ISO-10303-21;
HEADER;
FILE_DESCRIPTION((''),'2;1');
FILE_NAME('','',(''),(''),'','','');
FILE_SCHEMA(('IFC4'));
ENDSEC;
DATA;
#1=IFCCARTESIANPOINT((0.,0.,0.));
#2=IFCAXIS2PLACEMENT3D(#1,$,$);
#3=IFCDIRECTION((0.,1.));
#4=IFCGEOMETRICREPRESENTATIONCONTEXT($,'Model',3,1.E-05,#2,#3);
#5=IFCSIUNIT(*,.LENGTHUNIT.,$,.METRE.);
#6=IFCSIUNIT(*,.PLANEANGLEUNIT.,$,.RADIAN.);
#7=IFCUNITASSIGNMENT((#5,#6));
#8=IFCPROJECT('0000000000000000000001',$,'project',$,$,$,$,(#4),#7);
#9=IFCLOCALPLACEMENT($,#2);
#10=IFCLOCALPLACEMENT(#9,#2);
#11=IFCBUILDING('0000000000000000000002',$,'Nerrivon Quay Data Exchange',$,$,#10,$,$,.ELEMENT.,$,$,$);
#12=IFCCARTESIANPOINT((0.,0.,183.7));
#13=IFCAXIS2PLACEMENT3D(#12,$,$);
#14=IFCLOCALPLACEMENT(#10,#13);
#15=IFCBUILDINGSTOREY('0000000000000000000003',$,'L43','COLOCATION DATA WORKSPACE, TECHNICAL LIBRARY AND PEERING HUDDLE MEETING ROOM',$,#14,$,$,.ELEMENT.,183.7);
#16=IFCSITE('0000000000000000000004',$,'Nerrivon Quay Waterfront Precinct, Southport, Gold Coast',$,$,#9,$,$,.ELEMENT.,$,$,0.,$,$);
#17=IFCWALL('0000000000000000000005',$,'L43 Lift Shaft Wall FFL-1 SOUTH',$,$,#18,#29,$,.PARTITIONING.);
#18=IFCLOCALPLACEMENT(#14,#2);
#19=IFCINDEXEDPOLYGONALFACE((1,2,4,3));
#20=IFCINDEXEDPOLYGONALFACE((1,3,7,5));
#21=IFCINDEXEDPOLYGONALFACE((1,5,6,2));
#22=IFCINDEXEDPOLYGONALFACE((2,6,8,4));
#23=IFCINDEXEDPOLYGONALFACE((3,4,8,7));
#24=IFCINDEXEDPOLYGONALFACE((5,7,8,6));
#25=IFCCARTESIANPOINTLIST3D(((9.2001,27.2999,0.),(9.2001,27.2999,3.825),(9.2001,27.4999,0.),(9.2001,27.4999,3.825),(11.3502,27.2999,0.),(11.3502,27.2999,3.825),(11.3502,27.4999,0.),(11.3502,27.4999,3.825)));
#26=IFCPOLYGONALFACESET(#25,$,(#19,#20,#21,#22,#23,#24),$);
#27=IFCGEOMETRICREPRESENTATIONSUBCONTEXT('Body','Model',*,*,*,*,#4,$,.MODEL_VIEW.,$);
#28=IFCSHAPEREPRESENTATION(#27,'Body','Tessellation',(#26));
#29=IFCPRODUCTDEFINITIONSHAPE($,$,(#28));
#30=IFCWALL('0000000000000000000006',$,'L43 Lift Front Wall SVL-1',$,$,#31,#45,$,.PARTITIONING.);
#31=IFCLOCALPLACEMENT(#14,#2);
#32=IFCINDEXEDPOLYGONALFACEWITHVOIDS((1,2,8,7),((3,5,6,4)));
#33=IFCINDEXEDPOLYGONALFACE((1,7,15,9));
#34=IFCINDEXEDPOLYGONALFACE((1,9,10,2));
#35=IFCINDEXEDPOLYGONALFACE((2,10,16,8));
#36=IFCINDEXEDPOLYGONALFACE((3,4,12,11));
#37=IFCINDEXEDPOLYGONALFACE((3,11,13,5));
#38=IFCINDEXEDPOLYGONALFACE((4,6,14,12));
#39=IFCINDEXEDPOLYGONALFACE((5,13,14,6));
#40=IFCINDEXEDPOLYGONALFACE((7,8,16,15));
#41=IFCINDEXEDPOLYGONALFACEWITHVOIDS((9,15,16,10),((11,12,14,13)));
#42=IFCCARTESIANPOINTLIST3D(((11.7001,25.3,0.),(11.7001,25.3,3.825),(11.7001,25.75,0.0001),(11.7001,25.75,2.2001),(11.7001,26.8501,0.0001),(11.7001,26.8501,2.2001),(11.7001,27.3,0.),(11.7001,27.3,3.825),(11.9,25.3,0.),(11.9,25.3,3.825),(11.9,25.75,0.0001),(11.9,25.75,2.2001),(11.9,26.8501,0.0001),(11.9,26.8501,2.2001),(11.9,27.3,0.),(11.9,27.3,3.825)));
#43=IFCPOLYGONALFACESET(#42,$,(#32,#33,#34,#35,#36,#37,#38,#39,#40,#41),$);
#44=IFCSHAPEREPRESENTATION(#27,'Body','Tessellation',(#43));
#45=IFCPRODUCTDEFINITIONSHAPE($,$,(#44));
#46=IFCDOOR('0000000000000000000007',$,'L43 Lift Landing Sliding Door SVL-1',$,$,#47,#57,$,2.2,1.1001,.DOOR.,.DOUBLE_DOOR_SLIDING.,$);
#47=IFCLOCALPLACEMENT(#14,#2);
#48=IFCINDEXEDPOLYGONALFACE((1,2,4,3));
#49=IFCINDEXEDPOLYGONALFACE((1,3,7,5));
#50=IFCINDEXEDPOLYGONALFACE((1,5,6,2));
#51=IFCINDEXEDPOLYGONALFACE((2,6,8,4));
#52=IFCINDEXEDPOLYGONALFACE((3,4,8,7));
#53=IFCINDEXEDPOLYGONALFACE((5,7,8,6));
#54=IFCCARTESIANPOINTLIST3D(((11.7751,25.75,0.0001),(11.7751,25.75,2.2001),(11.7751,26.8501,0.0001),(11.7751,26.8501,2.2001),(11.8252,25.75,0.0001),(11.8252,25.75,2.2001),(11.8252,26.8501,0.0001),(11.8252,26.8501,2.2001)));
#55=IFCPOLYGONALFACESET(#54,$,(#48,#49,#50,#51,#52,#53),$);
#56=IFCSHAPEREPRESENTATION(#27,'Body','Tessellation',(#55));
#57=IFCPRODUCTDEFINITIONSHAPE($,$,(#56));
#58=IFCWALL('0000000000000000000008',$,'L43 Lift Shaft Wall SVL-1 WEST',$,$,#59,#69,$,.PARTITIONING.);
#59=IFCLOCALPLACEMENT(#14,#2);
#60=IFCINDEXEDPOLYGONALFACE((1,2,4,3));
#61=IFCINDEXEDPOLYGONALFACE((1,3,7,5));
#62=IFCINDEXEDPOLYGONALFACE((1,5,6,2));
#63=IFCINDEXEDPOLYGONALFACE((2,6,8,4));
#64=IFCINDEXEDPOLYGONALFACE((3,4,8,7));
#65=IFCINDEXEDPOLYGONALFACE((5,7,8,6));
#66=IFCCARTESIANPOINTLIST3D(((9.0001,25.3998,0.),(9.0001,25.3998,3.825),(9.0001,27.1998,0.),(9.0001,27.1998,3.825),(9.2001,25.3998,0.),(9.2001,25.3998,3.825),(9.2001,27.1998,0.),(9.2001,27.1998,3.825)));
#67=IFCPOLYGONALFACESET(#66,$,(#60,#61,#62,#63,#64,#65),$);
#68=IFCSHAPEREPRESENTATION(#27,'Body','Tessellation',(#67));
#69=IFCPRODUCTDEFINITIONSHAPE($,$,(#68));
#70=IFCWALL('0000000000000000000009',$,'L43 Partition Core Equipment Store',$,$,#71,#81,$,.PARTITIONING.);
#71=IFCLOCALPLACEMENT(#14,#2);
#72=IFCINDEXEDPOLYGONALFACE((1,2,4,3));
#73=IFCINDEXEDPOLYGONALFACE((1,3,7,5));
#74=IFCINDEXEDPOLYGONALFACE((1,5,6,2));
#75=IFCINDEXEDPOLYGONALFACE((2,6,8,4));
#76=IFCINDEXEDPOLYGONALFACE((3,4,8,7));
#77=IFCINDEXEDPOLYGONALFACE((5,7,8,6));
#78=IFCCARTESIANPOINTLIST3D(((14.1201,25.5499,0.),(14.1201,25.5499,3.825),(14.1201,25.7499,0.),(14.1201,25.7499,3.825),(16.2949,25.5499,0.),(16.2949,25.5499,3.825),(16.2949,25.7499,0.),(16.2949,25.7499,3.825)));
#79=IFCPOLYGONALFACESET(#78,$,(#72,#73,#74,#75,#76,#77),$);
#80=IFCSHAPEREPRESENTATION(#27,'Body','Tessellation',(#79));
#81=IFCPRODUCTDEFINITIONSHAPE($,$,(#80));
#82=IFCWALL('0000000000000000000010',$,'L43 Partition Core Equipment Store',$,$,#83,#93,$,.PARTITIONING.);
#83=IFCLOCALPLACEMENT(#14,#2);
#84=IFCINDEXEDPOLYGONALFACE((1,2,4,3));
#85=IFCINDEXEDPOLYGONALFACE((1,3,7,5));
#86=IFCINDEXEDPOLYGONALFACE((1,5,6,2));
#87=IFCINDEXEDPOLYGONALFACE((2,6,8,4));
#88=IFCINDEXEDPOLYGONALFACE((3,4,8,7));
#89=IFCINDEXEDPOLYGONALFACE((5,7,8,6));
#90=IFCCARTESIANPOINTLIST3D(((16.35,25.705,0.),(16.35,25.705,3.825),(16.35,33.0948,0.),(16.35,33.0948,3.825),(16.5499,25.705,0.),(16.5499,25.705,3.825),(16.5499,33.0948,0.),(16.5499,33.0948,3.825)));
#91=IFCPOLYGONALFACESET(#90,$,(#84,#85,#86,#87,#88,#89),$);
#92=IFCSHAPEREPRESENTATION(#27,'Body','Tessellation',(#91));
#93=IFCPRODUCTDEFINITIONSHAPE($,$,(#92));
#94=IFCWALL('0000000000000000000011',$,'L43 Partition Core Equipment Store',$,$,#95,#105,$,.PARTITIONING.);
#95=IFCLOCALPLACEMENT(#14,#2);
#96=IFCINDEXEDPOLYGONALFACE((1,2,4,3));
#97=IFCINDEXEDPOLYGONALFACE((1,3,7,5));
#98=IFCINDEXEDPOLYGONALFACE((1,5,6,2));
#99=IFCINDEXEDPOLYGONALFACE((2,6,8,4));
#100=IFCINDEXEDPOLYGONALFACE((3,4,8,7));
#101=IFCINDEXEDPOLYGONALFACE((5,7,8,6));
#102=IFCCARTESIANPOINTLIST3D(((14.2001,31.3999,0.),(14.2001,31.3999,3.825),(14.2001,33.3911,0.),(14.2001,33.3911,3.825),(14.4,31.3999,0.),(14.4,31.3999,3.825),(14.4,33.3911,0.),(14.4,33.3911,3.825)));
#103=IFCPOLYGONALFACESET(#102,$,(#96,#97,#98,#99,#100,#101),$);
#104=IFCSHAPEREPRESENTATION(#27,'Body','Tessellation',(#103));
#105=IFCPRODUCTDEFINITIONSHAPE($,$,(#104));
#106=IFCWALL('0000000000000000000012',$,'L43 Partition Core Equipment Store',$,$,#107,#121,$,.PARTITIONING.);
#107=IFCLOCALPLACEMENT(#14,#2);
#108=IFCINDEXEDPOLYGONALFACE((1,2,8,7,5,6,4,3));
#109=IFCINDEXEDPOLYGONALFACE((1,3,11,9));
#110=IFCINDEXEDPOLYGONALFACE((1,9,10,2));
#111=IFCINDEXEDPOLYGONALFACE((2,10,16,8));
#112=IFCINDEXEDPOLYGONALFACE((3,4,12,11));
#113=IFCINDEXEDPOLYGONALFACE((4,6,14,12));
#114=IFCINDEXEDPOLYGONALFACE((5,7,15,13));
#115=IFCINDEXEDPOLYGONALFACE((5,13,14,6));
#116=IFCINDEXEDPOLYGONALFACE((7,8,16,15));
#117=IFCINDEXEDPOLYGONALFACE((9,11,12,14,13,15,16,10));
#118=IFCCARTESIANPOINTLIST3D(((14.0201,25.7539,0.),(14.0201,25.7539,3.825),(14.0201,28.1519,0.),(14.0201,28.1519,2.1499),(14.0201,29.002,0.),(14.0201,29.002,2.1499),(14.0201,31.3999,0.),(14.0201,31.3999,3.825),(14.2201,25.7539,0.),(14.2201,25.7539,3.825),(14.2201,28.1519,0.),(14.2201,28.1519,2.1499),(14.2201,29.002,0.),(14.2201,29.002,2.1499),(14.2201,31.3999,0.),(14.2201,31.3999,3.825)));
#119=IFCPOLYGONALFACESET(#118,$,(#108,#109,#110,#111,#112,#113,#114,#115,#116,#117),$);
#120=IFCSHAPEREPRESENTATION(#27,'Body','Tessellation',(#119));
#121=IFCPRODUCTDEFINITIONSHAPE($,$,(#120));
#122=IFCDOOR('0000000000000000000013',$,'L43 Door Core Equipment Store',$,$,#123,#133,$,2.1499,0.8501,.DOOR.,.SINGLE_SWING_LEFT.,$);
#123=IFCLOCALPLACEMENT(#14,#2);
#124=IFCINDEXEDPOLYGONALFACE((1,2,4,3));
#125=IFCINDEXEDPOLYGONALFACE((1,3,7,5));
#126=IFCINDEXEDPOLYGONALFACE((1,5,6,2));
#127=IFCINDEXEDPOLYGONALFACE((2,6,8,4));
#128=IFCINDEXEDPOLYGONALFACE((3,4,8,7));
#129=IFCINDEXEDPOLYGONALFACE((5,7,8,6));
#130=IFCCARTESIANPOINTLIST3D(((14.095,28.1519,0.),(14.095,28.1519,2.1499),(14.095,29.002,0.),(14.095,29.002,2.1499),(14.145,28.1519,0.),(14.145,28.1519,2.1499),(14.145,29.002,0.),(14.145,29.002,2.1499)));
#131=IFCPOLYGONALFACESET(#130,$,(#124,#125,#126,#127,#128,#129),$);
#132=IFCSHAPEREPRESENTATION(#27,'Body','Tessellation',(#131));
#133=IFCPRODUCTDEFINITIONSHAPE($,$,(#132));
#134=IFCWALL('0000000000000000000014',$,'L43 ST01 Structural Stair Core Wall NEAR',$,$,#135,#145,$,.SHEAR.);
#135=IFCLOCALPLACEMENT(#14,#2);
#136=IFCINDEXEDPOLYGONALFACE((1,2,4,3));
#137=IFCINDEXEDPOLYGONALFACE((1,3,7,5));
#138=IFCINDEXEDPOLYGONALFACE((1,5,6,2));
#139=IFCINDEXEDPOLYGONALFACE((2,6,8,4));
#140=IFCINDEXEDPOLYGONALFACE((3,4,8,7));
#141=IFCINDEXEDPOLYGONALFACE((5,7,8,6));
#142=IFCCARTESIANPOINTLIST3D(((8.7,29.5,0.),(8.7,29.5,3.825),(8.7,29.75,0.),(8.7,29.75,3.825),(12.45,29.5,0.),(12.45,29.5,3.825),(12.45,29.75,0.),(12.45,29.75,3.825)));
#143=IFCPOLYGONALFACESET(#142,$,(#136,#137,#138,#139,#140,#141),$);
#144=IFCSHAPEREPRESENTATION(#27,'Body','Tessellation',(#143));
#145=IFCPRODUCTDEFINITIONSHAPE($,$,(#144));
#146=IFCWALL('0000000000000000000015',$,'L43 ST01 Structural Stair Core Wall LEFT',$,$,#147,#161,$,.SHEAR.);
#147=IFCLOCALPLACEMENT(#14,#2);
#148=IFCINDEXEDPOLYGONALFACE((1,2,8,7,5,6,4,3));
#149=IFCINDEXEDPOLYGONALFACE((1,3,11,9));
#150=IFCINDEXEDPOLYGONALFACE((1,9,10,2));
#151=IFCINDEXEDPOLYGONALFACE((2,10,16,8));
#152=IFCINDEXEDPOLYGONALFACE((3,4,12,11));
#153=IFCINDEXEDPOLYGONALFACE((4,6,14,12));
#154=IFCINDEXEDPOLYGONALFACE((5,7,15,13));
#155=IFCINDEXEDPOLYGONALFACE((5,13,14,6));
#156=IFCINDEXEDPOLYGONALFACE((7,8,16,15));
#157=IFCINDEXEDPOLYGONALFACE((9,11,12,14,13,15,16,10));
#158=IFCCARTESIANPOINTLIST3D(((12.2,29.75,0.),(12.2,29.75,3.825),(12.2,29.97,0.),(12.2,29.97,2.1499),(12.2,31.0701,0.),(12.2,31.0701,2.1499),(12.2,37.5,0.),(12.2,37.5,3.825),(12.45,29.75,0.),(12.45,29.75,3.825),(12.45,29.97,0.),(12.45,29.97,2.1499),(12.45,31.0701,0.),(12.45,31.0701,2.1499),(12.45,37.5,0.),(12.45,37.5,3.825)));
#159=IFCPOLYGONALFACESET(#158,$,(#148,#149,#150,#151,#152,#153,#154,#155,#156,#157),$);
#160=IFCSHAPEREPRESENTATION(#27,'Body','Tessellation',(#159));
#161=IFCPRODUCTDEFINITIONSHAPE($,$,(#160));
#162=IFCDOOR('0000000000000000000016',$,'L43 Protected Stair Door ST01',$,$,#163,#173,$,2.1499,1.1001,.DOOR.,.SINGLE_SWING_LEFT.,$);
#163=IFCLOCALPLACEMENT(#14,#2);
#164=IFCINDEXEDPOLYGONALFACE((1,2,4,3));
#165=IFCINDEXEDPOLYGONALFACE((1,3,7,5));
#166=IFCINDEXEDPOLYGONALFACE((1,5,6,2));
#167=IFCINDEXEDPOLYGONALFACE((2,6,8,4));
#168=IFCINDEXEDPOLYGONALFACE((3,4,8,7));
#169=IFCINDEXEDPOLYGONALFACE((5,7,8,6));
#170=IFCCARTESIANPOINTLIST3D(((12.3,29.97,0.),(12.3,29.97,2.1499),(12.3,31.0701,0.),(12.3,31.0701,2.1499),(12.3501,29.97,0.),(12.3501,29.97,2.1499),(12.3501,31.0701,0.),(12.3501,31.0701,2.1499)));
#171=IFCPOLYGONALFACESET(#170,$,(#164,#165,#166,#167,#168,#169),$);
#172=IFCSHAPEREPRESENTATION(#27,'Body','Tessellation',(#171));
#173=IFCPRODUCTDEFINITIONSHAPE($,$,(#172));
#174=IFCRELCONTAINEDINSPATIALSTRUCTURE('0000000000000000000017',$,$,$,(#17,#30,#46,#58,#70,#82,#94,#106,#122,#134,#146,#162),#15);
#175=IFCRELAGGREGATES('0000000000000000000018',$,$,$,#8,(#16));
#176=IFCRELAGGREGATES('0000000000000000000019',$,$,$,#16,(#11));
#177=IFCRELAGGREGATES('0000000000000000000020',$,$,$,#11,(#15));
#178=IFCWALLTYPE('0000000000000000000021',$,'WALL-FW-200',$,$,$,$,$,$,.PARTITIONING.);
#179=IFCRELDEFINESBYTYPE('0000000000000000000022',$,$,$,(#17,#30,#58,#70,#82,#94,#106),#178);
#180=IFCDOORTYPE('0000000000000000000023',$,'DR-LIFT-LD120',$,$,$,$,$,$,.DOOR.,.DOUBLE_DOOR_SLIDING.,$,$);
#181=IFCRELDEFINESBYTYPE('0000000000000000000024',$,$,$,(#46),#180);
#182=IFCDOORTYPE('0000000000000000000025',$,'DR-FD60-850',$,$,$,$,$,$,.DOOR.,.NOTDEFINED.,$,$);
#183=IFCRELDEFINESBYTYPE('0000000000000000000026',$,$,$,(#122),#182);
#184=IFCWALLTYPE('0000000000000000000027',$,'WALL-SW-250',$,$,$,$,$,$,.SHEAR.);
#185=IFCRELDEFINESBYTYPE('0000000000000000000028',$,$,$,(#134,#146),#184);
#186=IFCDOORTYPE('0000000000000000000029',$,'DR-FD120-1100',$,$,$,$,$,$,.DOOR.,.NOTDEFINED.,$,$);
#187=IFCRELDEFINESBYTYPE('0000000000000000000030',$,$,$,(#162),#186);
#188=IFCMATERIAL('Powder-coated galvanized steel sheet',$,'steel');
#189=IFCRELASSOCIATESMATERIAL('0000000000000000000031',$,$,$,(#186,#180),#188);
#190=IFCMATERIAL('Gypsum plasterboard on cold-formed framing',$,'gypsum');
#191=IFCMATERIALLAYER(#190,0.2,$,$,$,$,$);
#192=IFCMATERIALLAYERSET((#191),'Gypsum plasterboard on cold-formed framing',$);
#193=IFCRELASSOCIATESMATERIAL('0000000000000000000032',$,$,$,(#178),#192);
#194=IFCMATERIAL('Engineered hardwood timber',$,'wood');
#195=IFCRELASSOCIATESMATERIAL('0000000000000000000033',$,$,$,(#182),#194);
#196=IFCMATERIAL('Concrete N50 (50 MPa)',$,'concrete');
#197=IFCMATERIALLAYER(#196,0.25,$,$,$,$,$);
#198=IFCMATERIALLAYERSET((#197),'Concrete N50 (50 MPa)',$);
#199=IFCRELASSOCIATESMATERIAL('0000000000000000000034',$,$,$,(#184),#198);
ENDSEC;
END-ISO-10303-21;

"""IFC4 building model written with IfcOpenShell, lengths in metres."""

from ifc_helpers import new_model, si_unit, direction, frame, frame_2d, origin, place, context, subcontext, project, spatial, rectangle, extrude, material, layer, layer_set, type_object, element, fill, save


model = new_model("IFC4")

# Units and contexts
model_context = context("Model", 3, precision=1e-05, world=origin(), true_north=direction((0.0, 1.0)))
body_context = subcontext(model_context, "Body", "Model", "MODEL_VIEW")
ifc_project = project(units=[si_unit("LENGTHUNIT", "METRE"), si_unit("PLANEANGLEUNIT", "RADIAN")], contexts=[model_context])

# Site, building, storey
site_placement = place(None, origin())
site = spatial("IfcSite", under=ifc_project, at=site_placement, Name="Nerrivon Quay Waterfront Precinct, Southport, Gold Coast", CompositionType="ELEMENT", RefElevation=0.0)
building_placement = place(site_placement, origin())
building = spatial("IfcBuilding", under=site, at=building_placement, Name="Nerrivon Quay Data Exchange", CompositionType="ELEMENT")
storey_placement = place(building_placement, frame((0.0, 0.0, 183.7)))
storey = spatial("IfcBuildingStorey", under=building, at=storey_placement, Name="L43", Description="COLOCATION DATA WORKSPACE, TECHNICAL LIBRARY AND PEERING HUDDLE MEETING ROOM", CompositionType="ELEMENT", Elevation=183.7)

# Shared definitions
ifc_material_1 = material(Name="Powder-coated galvanized steel sheet", Category="steel")
door_type_1 = type_object("IfcDoorType", Name="DR-FD120-1100", OperationType="NOTDEFINED", PredefinedType="DOOR", material=ifc_material_1)
ifc_material_2 = material(Name="Gypsum plasterboard on cold-formed framing", Category="gypsum")
ifc_layer_1 = layer(ifc_material_2, 0.2)
ifc_layer_set_1 = layer_set([ifc_layer_1], Name="Gypsum plasterboard on cold-formed framing")
wall_type_1 = type_object("IfcWallType", Name="WALL-FW-200", PredefinedType="PARTITIONING", material=ifc_layer_set_1)
door_type_2 = type_object("IfcDoorType", Name="DR-LIFT-LD120", OperationType="DOUBLE_DOOR_SLIDING", PredefinedType="DOOR", material=ifc_material_1)

# Wall
wall_1_placement = place(storey_placement, frame((9.2, 27.3999, 0.0), z_axis=(0.0, 0.0, 1.0), x_axis=(1.0, 0.0, 0.0)))
element("IfcWall", 1, at=wall_1_placement, inside=storey, type_object=wall_type_1, Name="L43 Lift Shaft Wall FFL-1 SOUTH", PredefinedType="PARTITIONING", context=body_context, shape_type="SweptSolid", body=[
    extrude(rectangle(XDim=2.1501, YDim=0.2, at=frame_2d((1.0752, 0.0))), origin(), (0.0, 0.0, 1.0), 3.825),
])

# Wall, opening, door
wall_2_placement = place(storey_placement, frame((11.8, 25.3, 0.0), z_axis=(0.0, 0.0, 1.0), x_axis=(0.0, 1.0, 0.0)))
wall_2 = element("IfcWall", 2, at=wall_2_placement, inside=storey, type_object=wall_type_1, Name="L43 Lift Front Wall SVL-1", PredefinedType="PARTITIONING", context=body_context, shape_type="SweptSolid", body=[
    extrude(rectangle(XDim=2.0, YDim=0.2, at=frame_2d((1.0, 0.0))), origin(), (0.0, 0.0, 1.0), 3.825),
])
opening_1_placement = place(wall_2_placement, frame((0.45, 0.0, 0.0)))
opening_1 = element("IfcOpeningElement", 3, at=opening_1_placement, cuts=wall_2, PredefinedType="OPENING", context=body_context, shape_type="SweptSolid", body=[
    extrude(rectangle(XDim=1.1001, YDim=2.2, at=frame_2d((0.55, 1.1001))), frame((0.0, 0.1099, 0.0), z_axis=(0.0, -1.0, 0.0), x_axis=(1.0, 0.0, 0.0)), (0.0, 0.0, 1.0), 0.22),
])
door_1_placement = place(opening_1_placement, origin())
door_1 = element("IfcDoor", 4, at=door_1_placement, inside=storey, type_object=door_type_2, Name="L43 Lift Landing Sliding Door SVL-1", OperationType="DOUBLE_DOOR_SLIDING", OverallHeight=2.2, OverallWidth=1.1001, PredefinedType="DOOR", context=body_context, shape_type="SweptSolid", body=[
    extrude(rectangle(XDim=1.1001, YDim=2.2, at=frame_2d((0.55, 1.1001))), frame((0.0, 0.0249, 0.0), z_axis=(0.0, -1.0, 0.0), x_axis=(1.0, 0.0, 0.0)), (0.0, 0.0, 1.0), 0.05),
])
fill(opening_1, door_1)

# Walls
wall_3_placement = place(storey_placement, frame((9.1001, 25.3999, 0.0), z_axis=(0.0, 0.0, 1.0), x_axis=(0.0, 1.0, 0.0)))
element("IfcWall", 5, at=wall_3_placement, inside=storey, type_object=wall_type_1, Name="L43 Lift Shaft Wall SVL-1 WEST", PredefinedType="PARTITIONING", context=body_context, shape_type="SweptSolid", body=[
    extrude(rectangle(XDim=1.8, YDim=0.2, at=frame_2d((0.8999, 0.0))), origin(), (0.0, 0.0, 1.0), 3.825),
])
wall_4_placement = place(storey_placement, frame((14.1201, 25.6499, 0.0), z_axis=(0.0, 0.0, 1.0), x_axis=(1.0, 0.0, 0.0)))
element("IfcWall", 6, at=wall_4_placement, inside=storey, type_object=wall_type_1, Name="L43 Partition Core Equipment Store", PredefinedType="PARTITIONING", context=body_context, shape_type="SweptSolid", body=[
    extrude(rectangle(XDim=2.1748, YDim=0.2, at=frame_2d((1.0874, 0.0))), origin(), (0.0, 0.0, 1.0), 3.825),
])
wall_5_placement = place(storey_placement, frame((16.45, 25.7051, 0.0), z_axis=(0.0, 0.0, 1.0), x_axis=(0.0, 1.0, 0.0)))
element("IfcWall", 7, at=wall_5_placement, inside=storey, type_object=wall_type_1, Name="L43 Partition Core Equipment Store", PredefinedType="PARTITIONING", context=body_context, shape_type="SweptSolid", body=[
    extrude(rectangle(XDim=7.3899, YDim=0.2, at=frame_2d((3.6948, 0.0))), origin(), (0.0, 0.0, 1.0), 3.825),
])
wall_6_placement = place(storey_placement, frame((14.3, 33.3911, 0.0), z_axis=(0.0, 0.0, 1.0), x_axis=(0.0, -1.0, 0.0)))
element("IfcWall", 8, at=wall_6_placement, inside=storey, type_object=wall_type_1, Name="L43 Partition Core Equipment Store", PredefinedType="PARTITIONING", context=body_context, shape_type="SweptSolid", body=[
    extrude(rectangle(XDim=1.9912, YDim=0.2, at=frame_2d((0.9956, 0.0))), origin(), (0.0, 0.0, 1.0), 3.825),
])

# Wall, opening, door
wall_7_placement = place(storey_placement, frame((14.1201, 31.3999, 0.0), z_axis=(0.0, 0.0, 1.0), x_axis=(0.0, -1.0, 0.0)))
wall_7 = element("IfcWall", 9, at=wall_7_placement, inside=storey, type_object=wall_type_1, Name="L43 Partition Core Equipment Store", PredefinedType="PARTITIONING", context=body_context, shape_type="SweptSolid", body=[
    extrude(rectangle(XDim=5.646, YDim=0.2, at=frame_2d((2.823, 0.0))), origin(), (0.0, 0.0, 1.0), 3.825),
])
opening_2_placement = place(wall_7_placement, frame((2.3979, 0.0, 0.0)))
opening_2 = element("IfcOpeningElement", 10, at=opening_2_placement, cuts=wall_7, PredefinedType="OPENING", context=body_context, shape_type="SweptSolid", body=[
    extrude(rectangle(XDim=0.8501, YDim=2.1499, at=frame_2d((0.425, 1.075))), frame((0.0, 0.1099, 0.0), z_axis=(0.0, -1.0, 0.0), x_axis=(1.0, 0.0, 0.0)), (0.0, 0.0, 1.0), 0.22),
])
ifc_material_3 = material(Name="Engineered hardwood timber", Category="wood")
door_type_3 = type_object("IfcDoorType", Name="DR-FD60-850", OperationType="NOTDEFINED", PredefinedType="DOOR", material=ifc_material_3)
door_2_placement = place(opening_2_placement, origin())
door_2 = element("IfcDoor", 11, at=door_2_placement, inside=storey, type_object=door_type_3, Name="L43 Door Core Equipment Store", OperationType="SINGLE_SWING_LEFT", OverallHeight=2.1499, OverallWidth=0.8501, PredefinedType="DOOR", context=body_context, shape_type="SweptSolid", body=[
    extrude(rectangle(XDim=0.8501, YDim=2.1499, at=frame_2d((0.425, 1.075))), frame((0.0, 0.0249, 0.0), z_axis=(0.0, -1.0, 0.0), x_axis=(1.0, 0.0, 0.0)), (0.0, 0.0, 1.0), 0.05),
])
fill(opening_2, door_2)

# Wall
ifc_material_4 = material(Name="Concrete N50 (50 MPa)", Category="concrete")
ifc_layer_2 = layer(ifc_material_4, 0.25)
ifc_layer_set_2 = layer_set([ifc_layer_2], Name="Concrete N50 (50 MPa)")
wall_type_2 = type_object("IfcWallType", Name="WALL-SW-250", PredefinedType="SHEAR", material=ifc_layer_set_2)
wall_8_placement = place(storey_placement, frame((12.45, 29.625, 0.0), z_axis=(0.0, 0.0, 1.0), x_axis=(-1.0, 0.0, 0.0)))
element("IfcWall", 12, at=wall_8_placement, inside=storey, type_object=wall_type_2, Name="L43 ST01 Structural Stair Core Wall NEAR", PredefinedType="SHEAR", context=body_context, shape_type="SweptSolid", body=[
    extrude(rectangle(XDim=3.75, YDim=0.25, at=frame_2d((1.875, 0.0))), origin(), (0.0, 0.0, 1.0), 3.825),
])

# Wall, opening, door
wall_9_placement = place(storey_placement, frame((12.325, 29.75, 0.0), z_axis=(0.0, 0.0, 1.0), x_axis=(0.0, 1.0, 0.0)))
wall_9 = element("IfcWall", 13, at=wall_9_placement, inside=storey, type_object=wall_type_2, Name="L43 ST01 Structural Stair Core Wall LEFT", PredefinedType="SHEAR", context=body_context, shape_type="SweptSolid", body=[
    extrude(rectangle(XDim=7.75, YDim=0.25, at=frame_2d((3.875, 0.0))), origin(), (0.0, 0.0, 1.0), 3.825),
])
opening_3_placement = place(wall_9_placement, frame((0.22, 0.0, 0.0)))
opening_3 = element("IfcOpeningElement", 14, at=opening_3_placement, cuts=wall_9, PredefinedType="OPENING", context=body_context, shape_type="SweptSolid", body=[
    extrude(rectangle(XDim=1.1001, YDim=2.1499, at=frame_2d((0.55, 1.075))), frame((0.0, 0.135, 0.0), z_axis=(0.0, -1.0, 0.0), x_axis=(1.0, 0.0, 0.0)), (0.0, 0.0, 1.0), 0.27),
])
door_3_placement = place(opening_3_placement, origin())
door_3 = element("IfcDoor", 15, at=door_3_placement, inside=storey, type_object=door_type_1, Name="L43 Protected Stair Door ST01", OperationType="SINGLE_SWING_LEFT", OverallHeight=2.1499, OverallWidth=1.1001, PredefinedType="DOOR", context=body_context, shape_type="SweptSolid", body=[
    extrude(rectangle(XDim=1.1001, YDim=2.1499, at=frame_2d((0.55, 1.075))), frame((0.0, 0.0249, 0.0), z_axis=(0.0, -1.0, 0.0), x_axis=(1.0, 0.0, 0.0)), (0.0, 0.0, 1.0), 0.05),
])
fill(opening_3, door_3)

save(model, "model.ifc")
